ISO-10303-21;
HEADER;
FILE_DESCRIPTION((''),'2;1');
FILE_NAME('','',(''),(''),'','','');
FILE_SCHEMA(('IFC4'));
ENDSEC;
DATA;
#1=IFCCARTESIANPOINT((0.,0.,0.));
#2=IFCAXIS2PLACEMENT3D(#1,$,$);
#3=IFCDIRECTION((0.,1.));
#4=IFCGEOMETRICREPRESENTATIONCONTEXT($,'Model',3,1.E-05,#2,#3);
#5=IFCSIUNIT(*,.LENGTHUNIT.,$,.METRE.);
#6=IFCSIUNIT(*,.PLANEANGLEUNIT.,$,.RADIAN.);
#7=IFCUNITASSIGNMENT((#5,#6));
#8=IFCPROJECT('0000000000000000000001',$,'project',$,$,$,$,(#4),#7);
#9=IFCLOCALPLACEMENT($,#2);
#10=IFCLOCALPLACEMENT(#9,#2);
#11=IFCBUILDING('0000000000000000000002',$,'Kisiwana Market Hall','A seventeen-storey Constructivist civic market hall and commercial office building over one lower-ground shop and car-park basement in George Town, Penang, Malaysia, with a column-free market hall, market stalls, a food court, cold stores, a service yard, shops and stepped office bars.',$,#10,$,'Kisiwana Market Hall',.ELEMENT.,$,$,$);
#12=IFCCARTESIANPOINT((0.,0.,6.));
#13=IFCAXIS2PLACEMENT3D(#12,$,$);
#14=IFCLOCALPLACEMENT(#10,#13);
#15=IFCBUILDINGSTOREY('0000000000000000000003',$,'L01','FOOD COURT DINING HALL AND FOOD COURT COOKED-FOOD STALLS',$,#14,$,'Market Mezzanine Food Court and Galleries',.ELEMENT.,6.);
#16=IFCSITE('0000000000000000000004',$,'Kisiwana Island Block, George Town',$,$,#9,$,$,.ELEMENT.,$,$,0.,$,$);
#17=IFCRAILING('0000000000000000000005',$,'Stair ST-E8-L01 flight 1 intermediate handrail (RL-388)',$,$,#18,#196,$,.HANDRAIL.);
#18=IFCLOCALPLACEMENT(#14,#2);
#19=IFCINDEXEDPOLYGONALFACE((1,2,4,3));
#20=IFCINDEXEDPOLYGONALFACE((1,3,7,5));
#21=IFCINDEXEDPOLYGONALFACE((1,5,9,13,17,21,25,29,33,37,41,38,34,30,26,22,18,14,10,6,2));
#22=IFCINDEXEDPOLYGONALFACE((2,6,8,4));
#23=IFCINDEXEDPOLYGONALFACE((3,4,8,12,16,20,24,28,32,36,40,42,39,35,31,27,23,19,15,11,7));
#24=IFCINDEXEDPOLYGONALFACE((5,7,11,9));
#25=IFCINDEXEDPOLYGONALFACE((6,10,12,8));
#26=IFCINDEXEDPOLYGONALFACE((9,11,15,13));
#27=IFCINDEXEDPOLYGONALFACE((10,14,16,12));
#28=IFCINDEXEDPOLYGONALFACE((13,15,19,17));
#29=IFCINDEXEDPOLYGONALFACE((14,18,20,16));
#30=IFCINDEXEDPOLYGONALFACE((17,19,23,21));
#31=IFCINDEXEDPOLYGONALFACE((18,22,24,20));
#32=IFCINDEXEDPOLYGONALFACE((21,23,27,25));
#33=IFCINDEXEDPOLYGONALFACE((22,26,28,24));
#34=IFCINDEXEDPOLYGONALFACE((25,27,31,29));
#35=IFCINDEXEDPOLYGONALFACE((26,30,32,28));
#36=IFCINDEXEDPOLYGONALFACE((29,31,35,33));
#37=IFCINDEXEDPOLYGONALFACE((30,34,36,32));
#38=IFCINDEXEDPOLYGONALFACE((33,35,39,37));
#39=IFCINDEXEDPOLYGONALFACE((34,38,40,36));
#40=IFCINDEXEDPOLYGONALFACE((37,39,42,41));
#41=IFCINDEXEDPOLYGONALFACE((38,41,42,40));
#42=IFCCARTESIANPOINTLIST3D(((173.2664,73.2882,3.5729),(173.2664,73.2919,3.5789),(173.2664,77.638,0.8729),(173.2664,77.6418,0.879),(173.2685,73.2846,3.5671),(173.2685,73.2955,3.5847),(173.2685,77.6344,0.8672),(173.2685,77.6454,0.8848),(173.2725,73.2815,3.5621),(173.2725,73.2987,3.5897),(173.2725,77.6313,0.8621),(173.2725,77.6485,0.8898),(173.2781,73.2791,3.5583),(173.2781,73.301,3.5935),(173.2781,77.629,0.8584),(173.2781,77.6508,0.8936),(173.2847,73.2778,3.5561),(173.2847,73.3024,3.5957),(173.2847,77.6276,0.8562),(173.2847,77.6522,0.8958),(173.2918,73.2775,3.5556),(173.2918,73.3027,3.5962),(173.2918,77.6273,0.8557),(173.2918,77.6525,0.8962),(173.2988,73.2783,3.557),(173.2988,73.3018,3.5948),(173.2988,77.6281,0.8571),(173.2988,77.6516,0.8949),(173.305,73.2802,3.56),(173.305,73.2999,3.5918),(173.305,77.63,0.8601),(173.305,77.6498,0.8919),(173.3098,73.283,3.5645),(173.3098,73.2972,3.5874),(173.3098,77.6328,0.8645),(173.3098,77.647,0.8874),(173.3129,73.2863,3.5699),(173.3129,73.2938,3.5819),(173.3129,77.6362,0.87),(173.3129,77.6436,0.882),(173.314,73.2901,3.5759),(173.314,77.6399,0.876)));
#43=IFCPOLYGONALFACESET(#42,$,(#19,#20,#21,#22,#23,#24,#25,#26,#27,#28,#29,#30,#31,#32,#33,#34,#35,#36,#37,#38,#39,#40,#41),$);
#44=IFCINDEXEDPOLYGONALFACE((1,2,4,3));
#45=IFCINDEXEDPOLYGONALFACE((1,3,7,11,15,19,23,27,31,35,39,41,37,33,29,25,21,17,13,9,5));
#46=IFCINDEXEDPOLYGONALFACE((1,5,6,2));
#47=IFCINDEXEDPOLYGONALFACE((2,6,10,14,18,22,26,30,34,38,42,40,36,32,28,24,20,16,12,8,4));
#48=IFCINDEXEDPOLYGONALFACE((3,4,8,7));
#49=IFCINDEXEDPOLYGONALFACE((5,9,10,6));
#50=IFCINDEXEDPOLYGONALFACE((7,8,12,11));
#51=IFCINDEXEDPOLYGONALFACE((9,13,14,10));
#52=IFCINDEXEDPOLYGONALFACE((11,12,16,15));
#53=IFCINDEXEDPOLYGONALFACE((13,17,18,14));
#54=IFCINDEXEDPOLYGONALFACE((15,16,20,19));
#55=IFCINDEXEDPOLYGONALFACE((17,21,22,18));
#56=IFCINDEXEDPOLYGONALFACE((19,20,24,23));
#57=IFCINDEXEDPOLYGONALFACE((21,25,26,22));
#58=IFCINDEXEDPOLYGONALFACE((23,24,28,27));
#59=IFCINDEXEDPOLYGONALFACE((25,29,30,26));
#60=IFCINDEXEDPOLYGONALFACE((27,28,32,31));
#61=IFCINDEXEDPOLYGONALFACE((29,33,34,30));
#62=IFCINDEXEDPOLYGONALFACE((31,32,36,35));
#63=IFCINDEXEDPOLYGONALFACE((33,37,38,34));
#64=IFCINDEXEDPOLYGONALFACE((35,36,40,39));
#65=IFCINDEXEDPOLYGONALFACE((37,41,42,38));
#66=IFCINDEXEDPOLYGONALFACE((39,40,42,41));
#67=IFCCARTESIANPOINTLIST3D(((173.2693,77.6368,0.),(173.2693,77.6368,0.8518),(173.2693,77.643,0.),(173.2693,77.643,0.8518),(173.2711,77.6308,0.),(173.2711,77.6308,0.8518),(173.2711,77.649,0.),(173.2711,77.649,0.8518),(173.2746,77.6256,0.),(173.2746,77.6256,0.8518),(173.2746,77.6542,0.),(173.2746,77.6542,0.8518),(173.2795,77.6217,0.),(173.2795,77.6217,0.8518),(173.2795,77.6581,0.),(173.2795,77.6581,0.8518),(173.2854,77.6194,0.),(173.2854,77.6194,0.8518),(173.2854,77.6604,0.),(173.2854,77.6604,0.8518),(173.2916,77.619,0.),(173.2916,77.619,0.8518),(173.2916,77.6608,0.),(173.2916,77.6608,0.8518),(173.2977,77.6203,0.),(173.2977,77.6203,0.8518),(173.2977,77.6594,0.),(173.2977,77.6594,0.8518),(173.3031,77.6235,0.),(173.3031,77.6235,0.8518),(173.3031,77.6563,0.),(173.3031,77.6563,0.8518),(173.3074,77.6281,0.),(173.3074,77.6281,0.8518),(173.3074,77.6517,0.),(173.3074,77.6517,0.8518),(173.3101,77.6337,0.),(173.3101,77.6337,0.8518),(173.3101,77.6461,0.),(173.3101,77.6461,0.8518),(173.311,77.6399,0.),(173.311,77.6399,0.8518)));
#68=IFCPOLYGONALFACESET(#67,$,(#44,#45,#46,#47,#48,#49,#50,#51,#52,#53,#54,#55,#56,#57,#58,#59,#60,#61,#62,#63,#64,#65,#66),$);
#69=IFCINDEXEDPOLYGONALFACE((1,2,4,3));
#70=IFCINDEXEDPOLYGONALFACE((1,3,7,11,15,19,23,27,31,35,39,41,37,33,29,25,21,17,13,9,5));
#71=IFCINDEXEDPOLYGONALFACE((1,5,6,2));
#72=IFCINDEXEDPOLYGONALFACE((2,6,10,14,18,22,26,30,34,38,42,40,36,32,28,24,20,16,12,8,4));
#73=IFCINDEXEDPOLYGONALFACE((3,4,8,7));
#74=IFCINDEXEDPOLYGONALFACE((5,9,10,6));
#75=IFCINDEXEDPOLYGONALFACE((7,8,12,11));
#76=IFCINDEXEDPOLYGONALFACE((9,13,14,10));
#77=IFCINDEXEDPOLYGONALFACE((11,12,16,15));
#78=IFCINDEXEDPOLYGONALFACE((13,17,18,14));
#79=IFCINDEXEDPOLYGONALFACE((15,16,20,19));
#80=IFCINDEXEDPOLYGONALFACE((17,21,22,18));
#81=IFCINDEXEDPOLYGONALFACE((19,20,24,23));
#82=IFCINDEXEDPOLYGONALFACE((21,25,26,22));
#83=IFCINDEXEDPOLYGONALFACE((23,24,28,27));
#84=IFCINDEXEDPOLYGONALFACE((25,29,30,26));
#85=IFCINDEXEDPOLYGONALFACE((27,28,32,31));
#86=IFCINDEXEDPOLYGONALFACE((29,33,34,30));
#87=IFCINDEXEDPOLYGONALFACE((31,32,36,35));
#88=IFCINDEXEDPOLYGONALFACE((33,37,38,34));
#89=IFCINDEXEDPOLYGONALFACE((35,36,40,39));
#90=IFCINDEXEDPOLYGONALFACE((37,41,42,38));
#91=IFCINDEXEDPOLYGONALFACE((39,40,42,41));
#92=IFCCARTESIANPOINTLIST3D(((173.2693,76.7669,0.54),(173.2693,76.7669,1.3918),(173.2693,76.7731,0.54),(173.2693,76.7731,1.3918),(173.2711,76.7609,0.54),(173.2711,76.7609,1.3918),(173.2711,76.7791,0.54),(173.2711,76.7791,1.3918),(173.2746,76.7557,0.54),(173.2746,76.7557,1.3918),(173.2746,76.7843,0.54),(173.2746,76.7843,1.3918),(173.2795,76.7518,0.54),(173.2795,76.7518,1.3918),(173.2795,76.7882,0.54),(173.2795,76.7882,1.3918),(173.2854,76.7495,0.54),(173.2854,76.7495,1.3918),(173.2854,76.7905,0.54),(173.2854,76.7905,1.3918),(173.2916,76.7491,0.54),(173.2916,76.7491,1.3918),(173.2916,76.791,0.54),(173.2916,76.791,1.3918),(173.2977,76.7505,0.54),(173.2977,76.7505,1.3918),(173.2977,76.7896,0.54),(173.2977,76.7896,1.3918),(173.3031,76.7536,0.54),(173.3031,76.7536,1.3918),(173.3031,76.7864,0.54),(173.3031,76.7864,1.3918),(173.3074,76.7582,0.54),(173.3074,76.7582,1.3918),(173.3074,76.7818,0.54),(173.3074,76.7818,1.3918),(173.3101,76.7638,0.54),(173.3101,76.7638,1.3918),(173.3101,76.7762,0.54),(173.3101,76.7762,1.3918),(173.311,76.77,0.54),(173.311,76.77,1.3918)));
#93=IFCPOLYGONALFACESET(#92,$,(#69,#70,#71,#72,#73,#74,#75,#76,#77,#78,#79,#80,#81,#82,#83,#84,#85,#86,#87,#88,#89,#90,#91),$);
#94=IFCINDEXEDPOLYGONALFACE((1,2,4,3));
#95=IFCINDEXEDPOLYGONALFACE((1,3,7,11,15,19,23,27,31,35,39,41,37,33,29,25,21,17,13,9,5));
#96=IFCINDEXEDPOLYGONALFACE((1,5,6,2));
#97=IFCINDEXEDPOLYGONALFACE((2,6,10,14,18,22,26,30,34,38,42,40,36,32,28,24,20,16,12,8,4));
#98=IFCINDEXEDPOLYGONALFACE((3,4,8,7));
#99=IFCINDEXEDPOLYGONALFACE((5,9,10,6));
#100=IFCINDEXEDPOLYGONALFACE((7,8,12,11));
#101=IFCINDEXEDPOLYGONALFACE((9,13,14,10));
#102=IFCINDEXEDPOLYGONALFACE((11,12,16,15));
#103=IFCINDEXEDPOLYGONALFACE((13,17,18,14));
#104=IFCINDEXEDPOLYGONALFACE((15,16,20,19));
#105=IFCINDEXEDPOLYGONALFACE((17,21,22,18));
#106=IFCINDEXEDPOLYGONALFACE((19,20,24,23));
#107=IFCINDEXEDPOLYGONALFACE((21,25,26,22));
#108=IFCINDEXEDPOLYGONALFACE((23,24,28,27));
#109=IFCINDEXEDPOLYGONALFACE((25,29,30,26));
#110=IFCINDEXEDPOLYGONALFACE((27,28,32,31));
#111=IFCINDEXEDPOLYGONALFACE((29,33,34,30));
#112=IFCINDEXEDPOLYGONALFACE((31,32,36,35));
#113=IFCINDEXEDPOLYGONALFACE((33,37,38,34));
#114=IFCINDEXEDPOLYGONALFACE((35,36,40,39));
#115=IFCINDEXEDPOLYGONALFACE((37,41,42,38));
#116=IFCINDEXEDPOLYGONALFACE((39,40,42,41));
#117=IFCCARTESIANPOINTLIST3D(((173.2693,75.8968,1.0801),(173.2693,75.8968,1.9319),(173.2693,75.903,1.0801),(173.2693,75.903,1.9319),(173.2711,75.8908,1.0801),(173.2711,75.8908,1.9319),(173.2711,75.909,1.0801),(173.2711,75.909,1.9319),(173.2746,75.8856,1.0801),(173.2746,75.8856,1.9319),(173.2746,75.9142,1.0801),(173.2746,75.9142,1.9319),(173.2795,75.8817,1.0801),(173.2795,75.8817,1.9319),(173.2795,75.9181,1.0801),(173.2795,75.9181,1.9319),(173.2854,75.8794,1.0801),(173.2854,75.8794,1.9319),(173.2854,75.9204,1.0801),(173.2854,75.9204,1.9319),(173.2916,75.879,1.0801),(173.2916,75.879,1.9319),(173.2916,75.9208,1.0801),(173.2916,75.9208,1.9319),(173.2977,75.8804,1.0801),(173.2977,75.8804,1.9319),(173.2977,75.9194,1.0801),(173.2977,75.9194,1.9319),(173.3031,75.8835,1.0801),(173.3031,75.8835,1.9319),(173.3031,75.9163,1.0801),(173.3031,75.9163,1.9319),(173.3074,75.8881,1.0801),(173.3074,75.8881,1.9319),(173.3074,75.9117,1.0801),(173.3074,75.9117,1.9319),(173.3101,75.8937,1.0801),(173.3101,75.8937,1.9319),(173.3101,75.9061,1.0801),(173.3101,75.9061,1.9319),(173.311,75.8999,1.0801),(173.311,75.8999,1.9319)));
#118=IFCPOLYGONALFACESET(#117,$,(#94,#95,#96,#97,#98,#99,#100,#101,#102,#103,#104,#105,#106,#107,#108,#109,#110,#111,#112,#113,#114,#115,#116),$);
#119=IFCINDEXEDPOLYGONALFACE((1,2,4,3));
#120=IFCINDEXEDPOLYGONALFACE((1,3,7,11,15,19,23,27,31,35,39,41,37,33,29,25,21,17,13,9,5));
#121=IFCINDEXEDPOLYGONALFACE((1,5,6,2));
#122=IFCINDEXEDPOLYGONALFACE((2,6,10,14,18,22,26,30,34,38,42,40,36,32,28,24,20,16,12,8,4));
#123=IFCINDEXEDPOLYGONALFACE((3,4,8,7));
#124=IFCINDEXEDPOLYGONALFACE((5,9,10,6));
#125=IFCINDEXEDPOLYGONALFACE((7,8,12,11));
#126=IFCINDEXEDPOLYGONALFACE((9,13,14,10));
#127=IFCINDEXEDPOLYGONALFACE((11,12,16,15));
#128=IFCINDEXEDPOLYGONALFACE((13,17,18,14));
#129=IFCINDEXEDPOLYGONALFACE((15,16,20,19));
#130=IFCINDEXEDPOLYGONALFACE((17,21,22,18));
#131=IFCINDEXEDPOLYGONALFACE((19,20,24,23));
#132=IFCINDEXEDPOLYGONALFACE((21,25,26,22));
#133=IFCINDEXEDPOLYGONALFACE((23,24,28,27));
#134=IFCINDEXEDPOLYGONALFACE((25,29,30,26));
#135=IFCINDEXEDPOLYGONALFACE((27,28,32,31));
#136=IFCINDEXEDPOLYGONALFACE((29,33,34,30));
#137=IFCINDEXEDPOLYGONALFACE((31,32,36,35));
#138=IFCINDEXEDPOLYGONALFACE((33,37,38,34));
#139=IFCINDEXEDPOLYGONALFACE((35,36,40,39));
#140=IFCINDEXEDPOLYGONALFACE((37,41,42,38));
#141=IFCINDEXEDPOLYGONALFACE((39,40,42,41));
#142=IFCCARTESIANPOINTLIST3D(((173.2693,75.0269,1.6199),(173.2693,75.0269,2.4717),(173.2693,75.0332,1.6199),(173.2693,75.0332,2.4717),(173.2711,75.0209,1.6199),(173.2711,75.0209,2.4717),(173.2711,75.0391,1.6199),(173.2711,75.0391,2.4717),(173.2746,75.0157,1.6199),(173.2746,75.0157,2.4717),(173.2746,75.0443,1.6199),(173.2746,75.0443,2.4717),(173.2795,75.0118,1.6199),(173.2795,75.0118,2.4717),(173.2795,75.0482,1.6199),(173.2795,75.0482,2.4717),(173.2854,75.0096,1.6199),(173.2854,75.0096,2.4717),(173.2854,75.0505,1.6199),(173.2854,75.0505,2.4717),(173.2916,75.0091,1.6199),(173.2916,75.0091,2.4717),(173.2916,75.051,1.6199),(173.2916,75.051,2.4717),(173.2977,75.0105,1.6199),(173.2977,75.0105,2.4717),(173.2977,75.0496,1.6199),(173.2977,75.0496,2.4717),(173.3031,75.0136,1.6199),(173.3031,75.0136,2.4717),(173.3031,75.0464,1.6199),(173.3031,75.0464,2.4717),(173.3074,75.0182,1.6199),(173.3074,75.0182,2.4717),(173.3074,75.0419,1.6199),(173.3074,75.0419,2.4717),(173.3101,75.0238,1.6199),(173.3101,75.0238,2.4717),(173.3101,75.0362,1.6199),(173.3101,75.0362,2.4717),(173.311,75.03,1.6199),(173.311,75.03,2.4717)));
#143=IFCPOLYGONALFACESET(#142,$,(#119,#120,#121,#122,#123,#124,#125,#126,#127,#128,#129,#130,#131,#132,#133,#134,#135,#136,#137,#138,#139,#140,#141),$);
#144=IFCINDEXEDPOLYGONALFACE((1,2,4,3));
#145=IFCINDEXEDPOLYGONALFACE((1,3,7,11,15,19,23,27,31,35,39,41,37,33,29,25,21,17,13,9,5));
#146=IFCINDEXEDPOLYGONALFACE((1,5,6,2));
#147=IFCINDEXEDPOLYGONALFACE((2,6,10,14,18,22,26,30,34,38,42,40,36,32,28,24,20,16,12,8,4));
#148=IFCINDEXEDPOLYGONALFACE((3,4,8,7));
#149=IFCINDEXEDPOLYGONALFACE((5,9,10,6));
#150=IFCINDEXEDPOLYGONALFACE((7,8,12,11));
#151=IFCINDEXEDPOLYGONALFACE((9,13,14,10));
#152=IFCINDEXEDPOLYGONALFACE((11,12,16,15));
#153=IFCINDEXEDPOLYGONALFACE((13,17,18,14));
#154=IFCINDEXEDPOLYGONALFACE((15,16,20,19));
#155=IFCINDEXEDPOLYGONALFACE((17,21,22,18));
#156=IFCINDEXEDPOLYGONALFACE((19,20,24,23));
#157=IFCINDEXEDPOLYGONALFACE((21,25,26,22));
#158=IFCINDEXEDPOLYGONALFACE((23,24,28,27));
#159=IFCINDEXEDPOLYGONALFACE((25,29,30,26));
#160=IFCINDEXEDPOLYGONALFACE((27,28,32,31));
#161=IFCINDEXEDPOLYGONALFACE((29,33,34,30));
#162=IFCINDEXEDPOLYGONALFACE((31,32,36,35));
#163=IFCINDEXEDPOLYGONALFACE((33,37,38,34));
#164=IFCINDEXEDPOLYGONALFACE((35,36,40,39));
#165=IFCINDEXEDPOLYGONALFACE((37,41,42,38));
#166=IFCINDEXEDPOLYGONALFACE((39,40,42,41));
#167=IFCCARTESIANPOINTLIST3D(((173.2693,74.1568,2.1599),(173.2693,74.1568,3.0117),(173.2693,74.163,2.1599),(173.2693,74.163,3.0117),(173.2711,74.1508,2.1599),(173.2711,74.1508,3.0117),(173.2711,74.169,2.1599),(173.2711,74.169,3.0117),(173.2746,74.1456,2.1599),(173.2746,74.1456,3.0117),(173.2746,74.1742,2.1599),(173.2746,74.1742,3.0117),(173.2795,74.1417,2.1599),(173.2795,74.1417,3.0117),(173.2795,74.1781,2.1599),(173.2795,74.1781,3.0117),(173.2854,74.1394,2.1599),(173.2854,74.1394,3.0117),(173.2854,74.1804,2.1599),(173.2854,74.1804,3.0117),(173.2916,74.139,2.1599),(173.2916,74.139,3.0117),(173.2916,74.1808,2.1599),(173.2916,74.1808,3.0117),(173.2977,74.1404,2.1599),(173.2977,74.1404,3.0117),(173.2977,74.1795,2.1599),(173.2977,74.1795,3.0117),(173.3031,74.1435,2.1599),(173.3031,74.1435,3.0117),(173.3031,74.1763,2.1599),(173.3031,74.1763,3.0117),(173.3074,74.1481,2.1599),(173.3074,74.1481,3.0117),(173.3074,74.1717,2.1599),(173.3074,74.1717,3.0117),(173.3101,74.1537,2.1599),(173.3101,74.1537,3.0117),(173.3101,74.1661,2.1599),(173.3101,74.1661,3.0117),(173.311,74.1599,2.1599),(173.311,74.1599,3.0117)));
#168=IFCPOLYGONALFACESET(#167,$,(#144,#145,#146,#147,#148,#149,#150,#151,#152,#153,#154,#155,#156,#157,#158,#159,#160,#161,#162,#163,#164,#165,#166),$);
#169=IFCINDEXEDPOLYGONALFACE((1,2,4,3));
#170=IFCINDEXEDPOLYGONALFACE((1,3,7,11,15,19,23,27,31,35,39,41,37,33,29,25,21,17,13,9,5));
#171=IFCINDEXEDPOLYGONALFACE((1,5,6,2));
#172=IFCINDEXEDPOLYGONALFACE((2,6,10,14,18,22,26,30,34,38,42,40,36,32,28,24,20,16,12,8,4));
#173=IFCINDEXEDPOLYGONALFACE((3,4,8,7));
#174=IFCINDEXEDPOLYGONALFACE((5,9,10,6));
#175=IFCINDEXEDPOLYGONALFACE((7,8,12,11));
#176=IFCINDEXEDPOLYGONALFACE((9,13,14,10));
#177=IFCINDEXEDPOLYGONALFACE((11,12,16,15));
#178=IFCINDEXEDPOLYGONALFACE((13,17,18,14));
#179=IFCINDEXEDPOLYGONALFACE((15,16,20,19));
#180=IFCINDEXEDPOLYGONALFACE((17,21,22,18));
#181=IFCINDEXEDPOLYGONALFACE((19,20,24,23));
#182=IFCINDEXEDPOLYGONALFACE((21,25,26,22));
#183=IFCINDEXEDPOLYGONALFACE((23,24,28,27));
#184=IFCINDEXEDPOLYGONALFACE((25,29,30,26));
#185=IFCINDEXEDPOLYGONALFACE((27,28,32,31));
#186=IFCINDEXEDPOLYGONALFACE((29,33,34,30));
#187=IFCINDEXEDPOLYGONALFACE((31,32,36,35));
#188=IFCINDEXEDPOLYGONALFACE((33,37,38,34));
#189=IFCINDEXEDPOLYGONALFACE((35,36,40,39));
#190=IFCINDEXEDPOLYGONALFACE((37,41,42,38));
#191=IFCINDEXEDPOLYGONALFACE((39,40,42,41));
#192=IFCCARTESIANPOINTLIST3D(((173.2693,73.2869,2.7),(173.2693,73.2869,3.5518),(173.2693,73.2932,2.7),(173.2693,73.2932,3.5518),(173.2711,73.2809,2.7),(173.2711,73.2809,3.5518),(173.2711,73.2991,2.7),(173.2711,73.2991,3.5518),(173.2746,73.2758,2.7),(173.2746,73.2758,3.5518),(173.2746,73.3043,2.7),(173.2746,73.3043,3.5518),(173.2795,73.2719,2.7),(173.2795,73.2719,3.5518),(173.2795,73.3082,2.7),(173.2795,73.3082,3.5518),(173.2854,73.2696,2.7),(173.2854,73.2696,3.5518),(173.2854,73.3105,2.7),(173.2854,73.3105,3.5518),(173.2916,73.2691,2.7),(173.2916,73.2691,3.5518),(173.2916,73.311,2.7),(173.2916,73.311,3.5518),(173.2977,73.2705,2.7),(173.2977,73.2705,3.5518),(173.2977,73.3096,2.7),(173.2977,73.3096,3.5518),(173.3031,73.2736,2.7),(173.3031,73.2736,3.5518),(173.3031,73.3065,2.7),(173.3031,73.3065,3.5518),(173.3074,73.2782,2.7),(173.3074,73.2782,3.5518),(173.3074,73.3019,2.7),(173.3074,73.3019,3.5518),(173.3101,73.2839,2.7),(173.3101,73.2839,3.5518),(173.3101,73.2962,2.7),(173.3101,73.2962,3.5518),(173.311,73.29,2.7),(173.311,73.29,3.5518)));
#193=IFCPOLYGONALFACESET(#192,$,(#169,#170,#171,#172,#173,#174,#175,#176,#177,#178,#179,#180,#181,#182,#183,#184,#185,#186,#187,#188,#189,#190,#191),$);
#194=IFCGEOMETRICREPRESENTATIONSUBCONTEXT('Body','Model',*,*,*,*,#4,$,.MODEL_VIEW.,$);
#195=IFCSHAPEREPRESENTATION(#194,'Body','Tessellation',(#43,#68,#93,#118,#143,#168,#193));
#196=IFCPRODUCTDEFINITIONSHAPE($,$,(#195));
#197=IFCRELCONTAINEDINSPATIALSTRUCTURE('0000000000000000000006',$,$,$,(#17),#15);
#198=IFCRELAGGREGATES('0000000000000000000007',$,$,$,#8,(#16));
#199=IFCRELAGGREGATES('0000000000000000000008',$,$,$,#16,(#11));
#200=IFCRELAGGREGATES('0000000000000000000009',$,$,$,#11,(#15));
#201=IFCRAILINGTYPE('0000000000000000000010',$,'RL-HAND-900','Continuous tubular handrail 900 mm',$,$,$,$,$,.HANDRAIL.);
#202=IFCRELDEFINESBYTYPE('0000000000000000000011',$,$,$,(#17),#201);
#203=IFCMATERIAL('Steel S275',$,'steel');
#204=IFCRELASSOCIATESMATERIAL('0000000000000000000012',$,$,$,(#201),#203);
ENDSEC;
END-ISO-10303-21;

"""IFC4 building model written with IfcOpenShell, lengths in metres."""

from ifc_helpers import new_model, si_unit, direction, frame, origin, origin_2d, place, context, subcontext, project, spatial, circle, extrude, material, type_object, element, save


model = new_model("IFC4")

# Units and contexts
model_context = context("Model", 3, precision=1e-05, world=origin(), true_north=direction((0.0, 1.0)))
body_context = subcontext(model_context, "Body", "Model", "MODEL_VIEW")
ifc_project = project(units=[si_unit("LENGTHUNIT", "METRE"), si_unit("PLANEANGLEUNIT", "RADIAN")], contexts=[model_context])

# Site, building, storey
site_placement = place(None, origin())
site = spatial("IfcSite", under=ifc_project, at=site_placement, Name="Kisiwana Island Block, George Town", CompositionType="ELEMENT", RefElevation=0.0)
building_placement = place(site_placement, origin())
building = spatial("IfcBuilding", under=site, at=building_placement, Name="Kisiwana Market Hall", Description="A seventeen-storey Constructivist civic market hall and commercial office building over one lower-ground shop and car-park basement in George Town, Penang, Malaysia, with a column-free market hall, market stalls, a food court, cold stores, a service yard, shops and stepped office bars.", LongName="Kisiwana Market Hall", CompositionType="ELEMENT")
storey_placement = place(building_placement, frame((0.0, 0.0, 6.0)))
storey = spatial("IfcBuildingStorey", under=building, at=storey_placement, Name="L01", Description="FOOD COURT DINING HALL AND FOOD COURT COOKED-FOOD STALLS", LongName="Market Mezzanine Food Court and Galleries", CompositionType="ELEMENT", Elevation=6.0)

# Railing
ifc_material_1 = material(Name="Steel S275", Category="steel")
railing_type_1 = type_object("IfcRailingType", Name="RL-HAND-900", Description="Continuous tubular handrail 900 mm", PredefinedType="HANDRAIL", material=ifc_material_1)
railing_1_placement = place(storey_placement, frame((173.29, 77.6399, 0.0)))
element("IfcRailing", 1, at=railing_1_placement, inside=storey, type_object=railing_type_1, Name="Stair ST-E8-L01 flight 1 intermediate handrail (RL-388)", PredefinedType="HANDRAIL", context=body_context, shape_type="SweptSolid", body=[
    extrude(circle(Radius=0.0239, at=origin_2d()), frame((0.0, 0.0, 0.876), z_axis=(0.0, -0.849636, 0.527369), x_axis=(1.0, 0.0, 0.0)), (0.0, 0.0, 1.0), 5.1196),
    extrude(circle(Radius=0.021, at=origin_2d()), origin(), (0.0, 0.0, 1.0), 0.8518),
    extrude(circle(Radius=0.021, at=origin_2d()), frame((0.0, -0.8699, 0.54)), (0.0, 0.0, 1.0), 0.8518),
    extrude(circle(Radius=0.021, at=origin_2d()), frame((0.0, -1.74, 1.0801)), (0.0, 0.0, 1.0), 0.8518),
    extrude(circle(Radius=0.021, at=origin_2d()), frame((0.0, -2.6099, 1.6199)), (0.0, 0.0, 1.0), 0.8518),
    extrude(circle(Radius=0.021, at=origin_2d()), frame((0.0, -3.48, 2.1599)), (0.0, 0.0, 1.0), 0.8518),
    extrude(circle(Radius=0.021, at=origin_2d()), frame((0.0, -4.3499, 2.7)), (0.0, 0.0, 1.0), 0.8518),
])

save(model, "model.ifc")
